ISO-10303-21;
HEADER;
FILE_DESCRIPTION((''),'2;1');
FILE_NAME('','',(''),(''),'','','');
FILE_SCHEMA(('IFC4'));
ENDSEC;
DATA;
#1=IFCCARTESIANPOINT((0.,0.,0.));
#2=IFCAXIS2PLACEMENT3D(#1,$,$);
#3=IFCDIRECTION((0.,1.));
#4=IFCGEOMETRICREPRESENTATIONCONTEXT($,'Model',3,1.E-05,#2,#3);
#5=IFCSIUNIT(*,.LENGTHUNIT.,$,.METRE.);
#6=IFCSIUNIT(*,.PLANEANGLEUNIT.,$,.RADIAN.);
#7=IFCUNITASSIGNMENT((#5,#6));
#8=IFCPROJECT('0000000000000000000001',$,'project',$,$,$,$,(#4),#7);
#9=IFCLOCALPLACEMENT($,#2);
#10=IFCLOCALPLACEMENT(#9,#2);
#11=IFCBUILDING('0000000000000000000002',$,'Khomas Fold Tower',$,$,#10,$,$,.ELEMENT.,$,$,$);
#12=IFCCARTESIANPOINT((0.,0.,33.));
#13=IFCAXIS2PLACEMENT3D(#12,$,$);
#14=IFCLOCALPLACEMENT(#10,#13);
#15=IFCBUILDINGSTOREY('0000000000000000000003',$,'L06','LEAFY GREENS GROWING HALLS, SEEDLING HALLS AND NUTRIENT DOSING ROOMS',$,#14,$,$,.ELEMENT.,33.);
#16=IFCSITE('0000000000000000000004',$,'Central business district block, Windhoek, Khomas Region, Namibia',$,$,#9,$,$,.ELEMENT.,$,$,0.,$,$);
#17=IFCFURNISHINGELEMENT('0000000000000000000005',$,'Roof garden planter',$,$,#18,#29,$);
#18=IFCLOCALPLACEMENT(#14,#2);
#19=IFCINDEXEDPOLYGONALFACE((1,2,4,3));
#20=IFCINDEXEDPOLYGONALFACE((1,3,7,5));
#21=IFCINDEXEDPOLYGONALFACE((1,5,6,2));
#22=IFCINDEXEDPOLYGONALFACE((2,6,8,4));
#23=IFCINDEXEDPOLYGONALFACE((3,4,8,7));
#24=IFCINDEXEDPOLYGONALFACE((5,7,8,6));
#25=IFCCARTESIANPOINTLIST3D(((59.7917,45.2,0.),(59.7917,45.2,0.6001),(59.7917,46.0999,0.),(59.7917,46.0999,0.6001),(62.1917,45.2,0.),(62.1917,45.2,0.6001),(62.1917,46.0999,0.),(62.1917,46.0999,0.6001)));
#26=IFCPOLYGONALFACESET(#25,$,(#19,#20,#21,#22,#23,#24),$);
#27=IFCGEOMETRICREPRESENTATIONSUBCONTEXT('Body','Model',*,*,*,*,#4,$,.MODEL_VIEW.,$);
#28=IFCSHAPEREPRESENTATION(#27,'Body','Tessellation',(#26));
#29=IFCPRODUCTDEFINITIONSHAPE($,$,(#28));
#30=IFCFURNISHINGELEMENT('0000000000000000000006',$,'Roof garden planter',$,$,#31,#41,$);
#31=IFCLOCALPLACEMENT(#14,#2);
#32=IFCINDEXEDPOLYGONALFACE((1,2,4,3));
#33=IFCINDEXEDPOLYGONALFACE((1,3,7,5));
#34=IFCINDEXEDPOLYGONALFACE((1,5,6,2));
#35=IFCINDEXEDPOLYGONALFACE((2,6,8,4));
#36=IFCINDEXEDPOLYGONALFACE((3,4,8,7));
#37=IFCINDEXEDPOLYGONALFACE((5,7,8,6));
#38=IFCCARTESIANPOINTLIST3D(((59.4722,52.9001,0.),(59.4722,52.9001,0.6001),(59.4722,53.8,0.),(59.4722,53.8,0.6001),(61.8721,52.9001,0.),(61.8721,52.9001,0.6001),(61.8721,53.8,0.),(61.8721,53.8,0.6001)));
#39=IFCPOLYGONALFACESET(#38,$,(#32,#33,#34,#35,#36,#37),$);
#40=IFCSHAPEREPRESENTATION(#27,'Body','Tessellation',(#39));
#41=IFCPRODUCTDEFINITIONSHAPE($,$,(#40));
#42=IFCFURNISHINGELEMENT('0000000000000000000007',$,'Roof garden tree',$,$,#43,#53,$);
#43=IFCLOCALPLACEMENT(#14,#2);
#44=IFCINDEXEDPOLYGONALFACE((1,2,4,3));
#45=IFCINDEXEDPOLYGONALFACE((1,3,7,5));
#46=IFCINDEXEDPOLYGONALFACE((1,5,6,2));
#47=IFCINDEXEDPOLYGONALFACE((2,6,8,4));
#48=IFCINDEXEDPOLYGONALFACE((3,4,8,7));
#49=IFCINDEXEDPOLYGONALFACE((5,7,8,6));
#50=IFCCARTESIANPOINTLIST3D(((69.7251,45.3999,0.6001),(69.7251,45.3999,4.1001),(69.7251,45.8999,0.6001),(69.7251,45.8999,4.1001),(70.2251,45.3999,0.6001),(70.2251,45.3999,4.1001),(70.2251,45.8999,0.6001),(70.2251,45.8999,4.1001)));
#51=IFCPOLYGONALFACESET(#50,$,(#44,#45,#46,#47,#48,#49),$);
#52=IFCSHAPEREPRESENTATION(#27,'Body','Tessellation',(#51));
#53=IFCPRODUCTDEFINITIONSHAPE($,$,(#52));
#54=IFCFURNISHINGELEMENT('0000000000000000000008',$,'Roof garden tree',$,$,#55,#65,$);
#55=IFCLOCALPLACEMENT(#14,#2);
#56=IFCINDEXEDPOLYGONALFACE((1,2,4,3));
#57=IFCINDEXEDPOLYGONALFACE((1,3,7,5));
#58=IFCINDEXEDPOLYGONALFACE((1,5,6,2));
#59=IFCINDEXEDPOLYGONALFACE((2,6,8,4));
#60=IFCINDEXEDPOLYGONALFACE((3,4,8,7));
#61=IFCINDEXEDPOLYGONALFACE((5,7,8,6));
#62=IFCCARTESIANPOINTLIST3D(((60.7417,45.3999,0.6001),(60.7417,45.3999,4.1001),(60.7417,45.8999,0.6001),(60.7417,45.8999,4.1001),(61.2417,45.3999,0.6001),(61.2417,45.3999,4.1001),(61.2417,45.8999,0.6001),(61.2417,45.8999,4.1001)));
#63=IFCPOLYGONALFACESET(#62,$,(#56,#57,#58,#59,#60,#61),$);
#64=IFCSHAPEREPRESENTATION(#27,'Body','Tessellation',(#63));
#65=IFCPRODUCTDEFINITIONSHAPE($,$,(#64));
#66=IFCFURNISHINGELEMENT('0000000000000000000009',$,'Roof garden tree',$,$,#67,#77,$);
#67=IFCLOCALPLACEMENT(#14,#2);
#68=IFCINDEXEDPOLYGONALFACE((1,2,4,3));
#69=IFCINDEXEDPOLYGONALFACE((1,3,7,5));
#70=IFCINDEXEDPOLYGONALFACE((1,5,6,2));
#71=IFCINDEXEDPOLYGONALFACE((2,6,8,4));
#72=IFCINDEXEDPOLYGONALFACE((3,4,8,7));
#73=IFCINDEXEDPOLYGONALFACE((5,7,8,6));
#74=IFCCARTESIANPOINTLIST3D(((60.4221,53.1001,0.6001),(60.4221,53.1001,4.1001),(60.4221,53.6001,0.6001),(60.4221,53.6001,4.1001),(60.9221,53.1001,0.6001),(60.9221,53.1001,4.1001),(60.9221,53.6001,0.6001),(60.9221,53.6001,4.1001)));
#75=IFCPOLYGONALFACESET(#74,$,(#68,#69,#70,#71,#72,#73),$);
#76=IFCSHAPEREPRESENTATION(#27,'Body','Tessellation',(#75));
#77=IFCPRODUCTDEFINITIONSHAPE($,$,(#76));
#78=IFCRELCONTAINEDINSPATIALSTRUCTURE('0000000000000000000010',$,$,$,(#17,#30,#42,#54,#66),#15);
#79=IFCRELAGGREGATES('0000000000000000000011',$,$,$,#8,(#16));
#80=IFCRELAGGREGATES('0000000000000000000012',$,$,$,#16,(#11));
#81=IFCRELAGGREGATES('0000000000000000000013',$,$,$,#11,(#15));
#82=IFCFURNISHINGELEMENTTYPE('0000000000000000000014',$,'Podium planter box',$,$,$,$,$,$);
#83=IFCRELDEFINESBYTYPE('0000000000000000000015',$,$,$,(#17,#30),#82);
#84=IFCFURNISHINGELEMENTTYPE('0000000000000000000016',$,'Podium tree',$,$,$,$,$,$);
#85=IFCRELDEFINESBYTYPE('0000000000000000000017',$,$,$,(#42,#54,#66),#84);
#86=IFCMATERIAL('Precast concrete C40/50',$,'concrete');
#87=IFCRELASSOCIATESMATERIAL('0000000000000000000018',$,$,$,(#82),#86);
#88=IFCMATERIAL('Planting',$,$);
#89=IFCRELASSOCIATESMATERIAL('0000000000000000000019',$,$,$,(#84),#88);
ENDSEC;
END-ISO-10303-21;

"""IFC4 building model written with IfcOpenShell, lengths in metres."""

from ifc_helpers import new_model, si_unit, direction, frame, origin, origin_2d, place, context, subcontext, project, spatial, rectangle, extrude, source, transform, mapped, material, type_object, element, save


model = new_model("IFC4")

# Units and contexts
model_context = context("Model", 3, precision=1e-05, world=origin(), true_north=direction((0.0, 1.0)))
body_context = subcontext(model_context, "Body", "Model", "MODEL_VIEW")
ifc_project = project(units=[si_unit("LENGTHUNIT", "METRE"), si_unit("PLANEANGLEUNIT", "RADIAN")], contexts=[model_context])

# Site, building, storey
site_placement = place(None, origin())
site = spatial("IfcSite", under=ifc_project, at=site_placement, Name="Central business district block, Windhoek, Khomas Region, Namibia", CompositionType="ELEMENT", RefElevation=0.0)
building_placement = place(site_placement, origin())
building = spatial("IfcBuilding", under=site, at=building_placement, Name="Khomas Fold Tower", CompositionType="ELEMENT")
storey_placement = place(building_placement, frame((0.0, 0.0, 33.0)))
storey = spatial("IfcBuildingStorey", under=building, at=storey_placement, Name="L06", Description="LEAFY GREENS GROWING HALLS, SEEDLING HALLS AND NUTRIENT DOSING ROOMS", CompositionType="ELEMENT", Elevation=33.0)

# Furnishing elements
ifc_material_1 = material(Name="Precast concrete C40/50", Category="concrete")
furnishing_element_type_1 = type_object("IfcFurnishingElementType", Name="Podium planter box", material=ifc_material_1)
shared_shape_1 = source(origin(), body_context, "Body", "SweptSolid", [
    extrude(rectangle(XDim=2.3999, YDim=0.8999, at=origin_2d()), origin(), (0.0, 0.0, 1.0), 0.6001),
])
for number, where, z_axis, x_axis, name in (
    (1, (60.9917, 45.6499, 0.0), (0.0, 0.0, 1.0), (-1.0, 0.0, 0.0), "Roof garden planter"),
    (2, (60.6721, 53.3501, 0.0), (0.0, 0.0, 1.0), (1.0, 0.0, 0.0), "Roof garden planter"),
):
    element("IfcFurnishingElement", number, at=place(storey_placement, frame(where, z_axis=z_axis, x_axis=x_axis)), inside=storey, type_object=furnishing_element_type_1, Name=name, context=body_context, shape_type="MappedRepresentation", body=[
        mapped(shared_shape_1, transform((0.0, 0.0, 0.0))),
    ])
ifc_material_2 = material(Name="Planting")
furnishing_element_type_2 = type_object("IfcFurnishingElementType", Name="Podium tree", material=ifc_material_2)
shared_shape_2 = source(origin(), body_context, "Body", "SweptSolid", [
    extrude(rectangle(XDim=0.5, YDim=0.5, at=origin_2d()), origin(), (0.0, 0.0, 1.0), 3.5),
])
for number, where, z_axis, x_axis, name in (
    (3, (69.9751, 45.6499, 0.6001), (0.0, 0.0, 1.0), (1.0, 0.0, 0.0), "Roof garden tree"),
    (4, (60.9917, 45.6499, 0.6001), (0.0, 0.0, 1.0), (1.0, 0.0, 0.0), "Roof garden tree"),
    (5, (60.6721, 53.3501, 0.6001), (0.0, 0.0, 1.0), (1.0, 0.0, 0.0), "Roof garden tree"),
):
    element("IfcFurnishingElement", number, at=place(storey_placement, frame(where, z_axis=z_axis, x_axis=x_axis)), inside=storey, type_object=furnishing_element_type_2, Name=name, context=body_context, shape_type="MappedRepresentation", body=[
        mapped(shared_shape_2, transform((0.0, 0.0, 0.0))),
    ])

save(model, "model.ifc")
